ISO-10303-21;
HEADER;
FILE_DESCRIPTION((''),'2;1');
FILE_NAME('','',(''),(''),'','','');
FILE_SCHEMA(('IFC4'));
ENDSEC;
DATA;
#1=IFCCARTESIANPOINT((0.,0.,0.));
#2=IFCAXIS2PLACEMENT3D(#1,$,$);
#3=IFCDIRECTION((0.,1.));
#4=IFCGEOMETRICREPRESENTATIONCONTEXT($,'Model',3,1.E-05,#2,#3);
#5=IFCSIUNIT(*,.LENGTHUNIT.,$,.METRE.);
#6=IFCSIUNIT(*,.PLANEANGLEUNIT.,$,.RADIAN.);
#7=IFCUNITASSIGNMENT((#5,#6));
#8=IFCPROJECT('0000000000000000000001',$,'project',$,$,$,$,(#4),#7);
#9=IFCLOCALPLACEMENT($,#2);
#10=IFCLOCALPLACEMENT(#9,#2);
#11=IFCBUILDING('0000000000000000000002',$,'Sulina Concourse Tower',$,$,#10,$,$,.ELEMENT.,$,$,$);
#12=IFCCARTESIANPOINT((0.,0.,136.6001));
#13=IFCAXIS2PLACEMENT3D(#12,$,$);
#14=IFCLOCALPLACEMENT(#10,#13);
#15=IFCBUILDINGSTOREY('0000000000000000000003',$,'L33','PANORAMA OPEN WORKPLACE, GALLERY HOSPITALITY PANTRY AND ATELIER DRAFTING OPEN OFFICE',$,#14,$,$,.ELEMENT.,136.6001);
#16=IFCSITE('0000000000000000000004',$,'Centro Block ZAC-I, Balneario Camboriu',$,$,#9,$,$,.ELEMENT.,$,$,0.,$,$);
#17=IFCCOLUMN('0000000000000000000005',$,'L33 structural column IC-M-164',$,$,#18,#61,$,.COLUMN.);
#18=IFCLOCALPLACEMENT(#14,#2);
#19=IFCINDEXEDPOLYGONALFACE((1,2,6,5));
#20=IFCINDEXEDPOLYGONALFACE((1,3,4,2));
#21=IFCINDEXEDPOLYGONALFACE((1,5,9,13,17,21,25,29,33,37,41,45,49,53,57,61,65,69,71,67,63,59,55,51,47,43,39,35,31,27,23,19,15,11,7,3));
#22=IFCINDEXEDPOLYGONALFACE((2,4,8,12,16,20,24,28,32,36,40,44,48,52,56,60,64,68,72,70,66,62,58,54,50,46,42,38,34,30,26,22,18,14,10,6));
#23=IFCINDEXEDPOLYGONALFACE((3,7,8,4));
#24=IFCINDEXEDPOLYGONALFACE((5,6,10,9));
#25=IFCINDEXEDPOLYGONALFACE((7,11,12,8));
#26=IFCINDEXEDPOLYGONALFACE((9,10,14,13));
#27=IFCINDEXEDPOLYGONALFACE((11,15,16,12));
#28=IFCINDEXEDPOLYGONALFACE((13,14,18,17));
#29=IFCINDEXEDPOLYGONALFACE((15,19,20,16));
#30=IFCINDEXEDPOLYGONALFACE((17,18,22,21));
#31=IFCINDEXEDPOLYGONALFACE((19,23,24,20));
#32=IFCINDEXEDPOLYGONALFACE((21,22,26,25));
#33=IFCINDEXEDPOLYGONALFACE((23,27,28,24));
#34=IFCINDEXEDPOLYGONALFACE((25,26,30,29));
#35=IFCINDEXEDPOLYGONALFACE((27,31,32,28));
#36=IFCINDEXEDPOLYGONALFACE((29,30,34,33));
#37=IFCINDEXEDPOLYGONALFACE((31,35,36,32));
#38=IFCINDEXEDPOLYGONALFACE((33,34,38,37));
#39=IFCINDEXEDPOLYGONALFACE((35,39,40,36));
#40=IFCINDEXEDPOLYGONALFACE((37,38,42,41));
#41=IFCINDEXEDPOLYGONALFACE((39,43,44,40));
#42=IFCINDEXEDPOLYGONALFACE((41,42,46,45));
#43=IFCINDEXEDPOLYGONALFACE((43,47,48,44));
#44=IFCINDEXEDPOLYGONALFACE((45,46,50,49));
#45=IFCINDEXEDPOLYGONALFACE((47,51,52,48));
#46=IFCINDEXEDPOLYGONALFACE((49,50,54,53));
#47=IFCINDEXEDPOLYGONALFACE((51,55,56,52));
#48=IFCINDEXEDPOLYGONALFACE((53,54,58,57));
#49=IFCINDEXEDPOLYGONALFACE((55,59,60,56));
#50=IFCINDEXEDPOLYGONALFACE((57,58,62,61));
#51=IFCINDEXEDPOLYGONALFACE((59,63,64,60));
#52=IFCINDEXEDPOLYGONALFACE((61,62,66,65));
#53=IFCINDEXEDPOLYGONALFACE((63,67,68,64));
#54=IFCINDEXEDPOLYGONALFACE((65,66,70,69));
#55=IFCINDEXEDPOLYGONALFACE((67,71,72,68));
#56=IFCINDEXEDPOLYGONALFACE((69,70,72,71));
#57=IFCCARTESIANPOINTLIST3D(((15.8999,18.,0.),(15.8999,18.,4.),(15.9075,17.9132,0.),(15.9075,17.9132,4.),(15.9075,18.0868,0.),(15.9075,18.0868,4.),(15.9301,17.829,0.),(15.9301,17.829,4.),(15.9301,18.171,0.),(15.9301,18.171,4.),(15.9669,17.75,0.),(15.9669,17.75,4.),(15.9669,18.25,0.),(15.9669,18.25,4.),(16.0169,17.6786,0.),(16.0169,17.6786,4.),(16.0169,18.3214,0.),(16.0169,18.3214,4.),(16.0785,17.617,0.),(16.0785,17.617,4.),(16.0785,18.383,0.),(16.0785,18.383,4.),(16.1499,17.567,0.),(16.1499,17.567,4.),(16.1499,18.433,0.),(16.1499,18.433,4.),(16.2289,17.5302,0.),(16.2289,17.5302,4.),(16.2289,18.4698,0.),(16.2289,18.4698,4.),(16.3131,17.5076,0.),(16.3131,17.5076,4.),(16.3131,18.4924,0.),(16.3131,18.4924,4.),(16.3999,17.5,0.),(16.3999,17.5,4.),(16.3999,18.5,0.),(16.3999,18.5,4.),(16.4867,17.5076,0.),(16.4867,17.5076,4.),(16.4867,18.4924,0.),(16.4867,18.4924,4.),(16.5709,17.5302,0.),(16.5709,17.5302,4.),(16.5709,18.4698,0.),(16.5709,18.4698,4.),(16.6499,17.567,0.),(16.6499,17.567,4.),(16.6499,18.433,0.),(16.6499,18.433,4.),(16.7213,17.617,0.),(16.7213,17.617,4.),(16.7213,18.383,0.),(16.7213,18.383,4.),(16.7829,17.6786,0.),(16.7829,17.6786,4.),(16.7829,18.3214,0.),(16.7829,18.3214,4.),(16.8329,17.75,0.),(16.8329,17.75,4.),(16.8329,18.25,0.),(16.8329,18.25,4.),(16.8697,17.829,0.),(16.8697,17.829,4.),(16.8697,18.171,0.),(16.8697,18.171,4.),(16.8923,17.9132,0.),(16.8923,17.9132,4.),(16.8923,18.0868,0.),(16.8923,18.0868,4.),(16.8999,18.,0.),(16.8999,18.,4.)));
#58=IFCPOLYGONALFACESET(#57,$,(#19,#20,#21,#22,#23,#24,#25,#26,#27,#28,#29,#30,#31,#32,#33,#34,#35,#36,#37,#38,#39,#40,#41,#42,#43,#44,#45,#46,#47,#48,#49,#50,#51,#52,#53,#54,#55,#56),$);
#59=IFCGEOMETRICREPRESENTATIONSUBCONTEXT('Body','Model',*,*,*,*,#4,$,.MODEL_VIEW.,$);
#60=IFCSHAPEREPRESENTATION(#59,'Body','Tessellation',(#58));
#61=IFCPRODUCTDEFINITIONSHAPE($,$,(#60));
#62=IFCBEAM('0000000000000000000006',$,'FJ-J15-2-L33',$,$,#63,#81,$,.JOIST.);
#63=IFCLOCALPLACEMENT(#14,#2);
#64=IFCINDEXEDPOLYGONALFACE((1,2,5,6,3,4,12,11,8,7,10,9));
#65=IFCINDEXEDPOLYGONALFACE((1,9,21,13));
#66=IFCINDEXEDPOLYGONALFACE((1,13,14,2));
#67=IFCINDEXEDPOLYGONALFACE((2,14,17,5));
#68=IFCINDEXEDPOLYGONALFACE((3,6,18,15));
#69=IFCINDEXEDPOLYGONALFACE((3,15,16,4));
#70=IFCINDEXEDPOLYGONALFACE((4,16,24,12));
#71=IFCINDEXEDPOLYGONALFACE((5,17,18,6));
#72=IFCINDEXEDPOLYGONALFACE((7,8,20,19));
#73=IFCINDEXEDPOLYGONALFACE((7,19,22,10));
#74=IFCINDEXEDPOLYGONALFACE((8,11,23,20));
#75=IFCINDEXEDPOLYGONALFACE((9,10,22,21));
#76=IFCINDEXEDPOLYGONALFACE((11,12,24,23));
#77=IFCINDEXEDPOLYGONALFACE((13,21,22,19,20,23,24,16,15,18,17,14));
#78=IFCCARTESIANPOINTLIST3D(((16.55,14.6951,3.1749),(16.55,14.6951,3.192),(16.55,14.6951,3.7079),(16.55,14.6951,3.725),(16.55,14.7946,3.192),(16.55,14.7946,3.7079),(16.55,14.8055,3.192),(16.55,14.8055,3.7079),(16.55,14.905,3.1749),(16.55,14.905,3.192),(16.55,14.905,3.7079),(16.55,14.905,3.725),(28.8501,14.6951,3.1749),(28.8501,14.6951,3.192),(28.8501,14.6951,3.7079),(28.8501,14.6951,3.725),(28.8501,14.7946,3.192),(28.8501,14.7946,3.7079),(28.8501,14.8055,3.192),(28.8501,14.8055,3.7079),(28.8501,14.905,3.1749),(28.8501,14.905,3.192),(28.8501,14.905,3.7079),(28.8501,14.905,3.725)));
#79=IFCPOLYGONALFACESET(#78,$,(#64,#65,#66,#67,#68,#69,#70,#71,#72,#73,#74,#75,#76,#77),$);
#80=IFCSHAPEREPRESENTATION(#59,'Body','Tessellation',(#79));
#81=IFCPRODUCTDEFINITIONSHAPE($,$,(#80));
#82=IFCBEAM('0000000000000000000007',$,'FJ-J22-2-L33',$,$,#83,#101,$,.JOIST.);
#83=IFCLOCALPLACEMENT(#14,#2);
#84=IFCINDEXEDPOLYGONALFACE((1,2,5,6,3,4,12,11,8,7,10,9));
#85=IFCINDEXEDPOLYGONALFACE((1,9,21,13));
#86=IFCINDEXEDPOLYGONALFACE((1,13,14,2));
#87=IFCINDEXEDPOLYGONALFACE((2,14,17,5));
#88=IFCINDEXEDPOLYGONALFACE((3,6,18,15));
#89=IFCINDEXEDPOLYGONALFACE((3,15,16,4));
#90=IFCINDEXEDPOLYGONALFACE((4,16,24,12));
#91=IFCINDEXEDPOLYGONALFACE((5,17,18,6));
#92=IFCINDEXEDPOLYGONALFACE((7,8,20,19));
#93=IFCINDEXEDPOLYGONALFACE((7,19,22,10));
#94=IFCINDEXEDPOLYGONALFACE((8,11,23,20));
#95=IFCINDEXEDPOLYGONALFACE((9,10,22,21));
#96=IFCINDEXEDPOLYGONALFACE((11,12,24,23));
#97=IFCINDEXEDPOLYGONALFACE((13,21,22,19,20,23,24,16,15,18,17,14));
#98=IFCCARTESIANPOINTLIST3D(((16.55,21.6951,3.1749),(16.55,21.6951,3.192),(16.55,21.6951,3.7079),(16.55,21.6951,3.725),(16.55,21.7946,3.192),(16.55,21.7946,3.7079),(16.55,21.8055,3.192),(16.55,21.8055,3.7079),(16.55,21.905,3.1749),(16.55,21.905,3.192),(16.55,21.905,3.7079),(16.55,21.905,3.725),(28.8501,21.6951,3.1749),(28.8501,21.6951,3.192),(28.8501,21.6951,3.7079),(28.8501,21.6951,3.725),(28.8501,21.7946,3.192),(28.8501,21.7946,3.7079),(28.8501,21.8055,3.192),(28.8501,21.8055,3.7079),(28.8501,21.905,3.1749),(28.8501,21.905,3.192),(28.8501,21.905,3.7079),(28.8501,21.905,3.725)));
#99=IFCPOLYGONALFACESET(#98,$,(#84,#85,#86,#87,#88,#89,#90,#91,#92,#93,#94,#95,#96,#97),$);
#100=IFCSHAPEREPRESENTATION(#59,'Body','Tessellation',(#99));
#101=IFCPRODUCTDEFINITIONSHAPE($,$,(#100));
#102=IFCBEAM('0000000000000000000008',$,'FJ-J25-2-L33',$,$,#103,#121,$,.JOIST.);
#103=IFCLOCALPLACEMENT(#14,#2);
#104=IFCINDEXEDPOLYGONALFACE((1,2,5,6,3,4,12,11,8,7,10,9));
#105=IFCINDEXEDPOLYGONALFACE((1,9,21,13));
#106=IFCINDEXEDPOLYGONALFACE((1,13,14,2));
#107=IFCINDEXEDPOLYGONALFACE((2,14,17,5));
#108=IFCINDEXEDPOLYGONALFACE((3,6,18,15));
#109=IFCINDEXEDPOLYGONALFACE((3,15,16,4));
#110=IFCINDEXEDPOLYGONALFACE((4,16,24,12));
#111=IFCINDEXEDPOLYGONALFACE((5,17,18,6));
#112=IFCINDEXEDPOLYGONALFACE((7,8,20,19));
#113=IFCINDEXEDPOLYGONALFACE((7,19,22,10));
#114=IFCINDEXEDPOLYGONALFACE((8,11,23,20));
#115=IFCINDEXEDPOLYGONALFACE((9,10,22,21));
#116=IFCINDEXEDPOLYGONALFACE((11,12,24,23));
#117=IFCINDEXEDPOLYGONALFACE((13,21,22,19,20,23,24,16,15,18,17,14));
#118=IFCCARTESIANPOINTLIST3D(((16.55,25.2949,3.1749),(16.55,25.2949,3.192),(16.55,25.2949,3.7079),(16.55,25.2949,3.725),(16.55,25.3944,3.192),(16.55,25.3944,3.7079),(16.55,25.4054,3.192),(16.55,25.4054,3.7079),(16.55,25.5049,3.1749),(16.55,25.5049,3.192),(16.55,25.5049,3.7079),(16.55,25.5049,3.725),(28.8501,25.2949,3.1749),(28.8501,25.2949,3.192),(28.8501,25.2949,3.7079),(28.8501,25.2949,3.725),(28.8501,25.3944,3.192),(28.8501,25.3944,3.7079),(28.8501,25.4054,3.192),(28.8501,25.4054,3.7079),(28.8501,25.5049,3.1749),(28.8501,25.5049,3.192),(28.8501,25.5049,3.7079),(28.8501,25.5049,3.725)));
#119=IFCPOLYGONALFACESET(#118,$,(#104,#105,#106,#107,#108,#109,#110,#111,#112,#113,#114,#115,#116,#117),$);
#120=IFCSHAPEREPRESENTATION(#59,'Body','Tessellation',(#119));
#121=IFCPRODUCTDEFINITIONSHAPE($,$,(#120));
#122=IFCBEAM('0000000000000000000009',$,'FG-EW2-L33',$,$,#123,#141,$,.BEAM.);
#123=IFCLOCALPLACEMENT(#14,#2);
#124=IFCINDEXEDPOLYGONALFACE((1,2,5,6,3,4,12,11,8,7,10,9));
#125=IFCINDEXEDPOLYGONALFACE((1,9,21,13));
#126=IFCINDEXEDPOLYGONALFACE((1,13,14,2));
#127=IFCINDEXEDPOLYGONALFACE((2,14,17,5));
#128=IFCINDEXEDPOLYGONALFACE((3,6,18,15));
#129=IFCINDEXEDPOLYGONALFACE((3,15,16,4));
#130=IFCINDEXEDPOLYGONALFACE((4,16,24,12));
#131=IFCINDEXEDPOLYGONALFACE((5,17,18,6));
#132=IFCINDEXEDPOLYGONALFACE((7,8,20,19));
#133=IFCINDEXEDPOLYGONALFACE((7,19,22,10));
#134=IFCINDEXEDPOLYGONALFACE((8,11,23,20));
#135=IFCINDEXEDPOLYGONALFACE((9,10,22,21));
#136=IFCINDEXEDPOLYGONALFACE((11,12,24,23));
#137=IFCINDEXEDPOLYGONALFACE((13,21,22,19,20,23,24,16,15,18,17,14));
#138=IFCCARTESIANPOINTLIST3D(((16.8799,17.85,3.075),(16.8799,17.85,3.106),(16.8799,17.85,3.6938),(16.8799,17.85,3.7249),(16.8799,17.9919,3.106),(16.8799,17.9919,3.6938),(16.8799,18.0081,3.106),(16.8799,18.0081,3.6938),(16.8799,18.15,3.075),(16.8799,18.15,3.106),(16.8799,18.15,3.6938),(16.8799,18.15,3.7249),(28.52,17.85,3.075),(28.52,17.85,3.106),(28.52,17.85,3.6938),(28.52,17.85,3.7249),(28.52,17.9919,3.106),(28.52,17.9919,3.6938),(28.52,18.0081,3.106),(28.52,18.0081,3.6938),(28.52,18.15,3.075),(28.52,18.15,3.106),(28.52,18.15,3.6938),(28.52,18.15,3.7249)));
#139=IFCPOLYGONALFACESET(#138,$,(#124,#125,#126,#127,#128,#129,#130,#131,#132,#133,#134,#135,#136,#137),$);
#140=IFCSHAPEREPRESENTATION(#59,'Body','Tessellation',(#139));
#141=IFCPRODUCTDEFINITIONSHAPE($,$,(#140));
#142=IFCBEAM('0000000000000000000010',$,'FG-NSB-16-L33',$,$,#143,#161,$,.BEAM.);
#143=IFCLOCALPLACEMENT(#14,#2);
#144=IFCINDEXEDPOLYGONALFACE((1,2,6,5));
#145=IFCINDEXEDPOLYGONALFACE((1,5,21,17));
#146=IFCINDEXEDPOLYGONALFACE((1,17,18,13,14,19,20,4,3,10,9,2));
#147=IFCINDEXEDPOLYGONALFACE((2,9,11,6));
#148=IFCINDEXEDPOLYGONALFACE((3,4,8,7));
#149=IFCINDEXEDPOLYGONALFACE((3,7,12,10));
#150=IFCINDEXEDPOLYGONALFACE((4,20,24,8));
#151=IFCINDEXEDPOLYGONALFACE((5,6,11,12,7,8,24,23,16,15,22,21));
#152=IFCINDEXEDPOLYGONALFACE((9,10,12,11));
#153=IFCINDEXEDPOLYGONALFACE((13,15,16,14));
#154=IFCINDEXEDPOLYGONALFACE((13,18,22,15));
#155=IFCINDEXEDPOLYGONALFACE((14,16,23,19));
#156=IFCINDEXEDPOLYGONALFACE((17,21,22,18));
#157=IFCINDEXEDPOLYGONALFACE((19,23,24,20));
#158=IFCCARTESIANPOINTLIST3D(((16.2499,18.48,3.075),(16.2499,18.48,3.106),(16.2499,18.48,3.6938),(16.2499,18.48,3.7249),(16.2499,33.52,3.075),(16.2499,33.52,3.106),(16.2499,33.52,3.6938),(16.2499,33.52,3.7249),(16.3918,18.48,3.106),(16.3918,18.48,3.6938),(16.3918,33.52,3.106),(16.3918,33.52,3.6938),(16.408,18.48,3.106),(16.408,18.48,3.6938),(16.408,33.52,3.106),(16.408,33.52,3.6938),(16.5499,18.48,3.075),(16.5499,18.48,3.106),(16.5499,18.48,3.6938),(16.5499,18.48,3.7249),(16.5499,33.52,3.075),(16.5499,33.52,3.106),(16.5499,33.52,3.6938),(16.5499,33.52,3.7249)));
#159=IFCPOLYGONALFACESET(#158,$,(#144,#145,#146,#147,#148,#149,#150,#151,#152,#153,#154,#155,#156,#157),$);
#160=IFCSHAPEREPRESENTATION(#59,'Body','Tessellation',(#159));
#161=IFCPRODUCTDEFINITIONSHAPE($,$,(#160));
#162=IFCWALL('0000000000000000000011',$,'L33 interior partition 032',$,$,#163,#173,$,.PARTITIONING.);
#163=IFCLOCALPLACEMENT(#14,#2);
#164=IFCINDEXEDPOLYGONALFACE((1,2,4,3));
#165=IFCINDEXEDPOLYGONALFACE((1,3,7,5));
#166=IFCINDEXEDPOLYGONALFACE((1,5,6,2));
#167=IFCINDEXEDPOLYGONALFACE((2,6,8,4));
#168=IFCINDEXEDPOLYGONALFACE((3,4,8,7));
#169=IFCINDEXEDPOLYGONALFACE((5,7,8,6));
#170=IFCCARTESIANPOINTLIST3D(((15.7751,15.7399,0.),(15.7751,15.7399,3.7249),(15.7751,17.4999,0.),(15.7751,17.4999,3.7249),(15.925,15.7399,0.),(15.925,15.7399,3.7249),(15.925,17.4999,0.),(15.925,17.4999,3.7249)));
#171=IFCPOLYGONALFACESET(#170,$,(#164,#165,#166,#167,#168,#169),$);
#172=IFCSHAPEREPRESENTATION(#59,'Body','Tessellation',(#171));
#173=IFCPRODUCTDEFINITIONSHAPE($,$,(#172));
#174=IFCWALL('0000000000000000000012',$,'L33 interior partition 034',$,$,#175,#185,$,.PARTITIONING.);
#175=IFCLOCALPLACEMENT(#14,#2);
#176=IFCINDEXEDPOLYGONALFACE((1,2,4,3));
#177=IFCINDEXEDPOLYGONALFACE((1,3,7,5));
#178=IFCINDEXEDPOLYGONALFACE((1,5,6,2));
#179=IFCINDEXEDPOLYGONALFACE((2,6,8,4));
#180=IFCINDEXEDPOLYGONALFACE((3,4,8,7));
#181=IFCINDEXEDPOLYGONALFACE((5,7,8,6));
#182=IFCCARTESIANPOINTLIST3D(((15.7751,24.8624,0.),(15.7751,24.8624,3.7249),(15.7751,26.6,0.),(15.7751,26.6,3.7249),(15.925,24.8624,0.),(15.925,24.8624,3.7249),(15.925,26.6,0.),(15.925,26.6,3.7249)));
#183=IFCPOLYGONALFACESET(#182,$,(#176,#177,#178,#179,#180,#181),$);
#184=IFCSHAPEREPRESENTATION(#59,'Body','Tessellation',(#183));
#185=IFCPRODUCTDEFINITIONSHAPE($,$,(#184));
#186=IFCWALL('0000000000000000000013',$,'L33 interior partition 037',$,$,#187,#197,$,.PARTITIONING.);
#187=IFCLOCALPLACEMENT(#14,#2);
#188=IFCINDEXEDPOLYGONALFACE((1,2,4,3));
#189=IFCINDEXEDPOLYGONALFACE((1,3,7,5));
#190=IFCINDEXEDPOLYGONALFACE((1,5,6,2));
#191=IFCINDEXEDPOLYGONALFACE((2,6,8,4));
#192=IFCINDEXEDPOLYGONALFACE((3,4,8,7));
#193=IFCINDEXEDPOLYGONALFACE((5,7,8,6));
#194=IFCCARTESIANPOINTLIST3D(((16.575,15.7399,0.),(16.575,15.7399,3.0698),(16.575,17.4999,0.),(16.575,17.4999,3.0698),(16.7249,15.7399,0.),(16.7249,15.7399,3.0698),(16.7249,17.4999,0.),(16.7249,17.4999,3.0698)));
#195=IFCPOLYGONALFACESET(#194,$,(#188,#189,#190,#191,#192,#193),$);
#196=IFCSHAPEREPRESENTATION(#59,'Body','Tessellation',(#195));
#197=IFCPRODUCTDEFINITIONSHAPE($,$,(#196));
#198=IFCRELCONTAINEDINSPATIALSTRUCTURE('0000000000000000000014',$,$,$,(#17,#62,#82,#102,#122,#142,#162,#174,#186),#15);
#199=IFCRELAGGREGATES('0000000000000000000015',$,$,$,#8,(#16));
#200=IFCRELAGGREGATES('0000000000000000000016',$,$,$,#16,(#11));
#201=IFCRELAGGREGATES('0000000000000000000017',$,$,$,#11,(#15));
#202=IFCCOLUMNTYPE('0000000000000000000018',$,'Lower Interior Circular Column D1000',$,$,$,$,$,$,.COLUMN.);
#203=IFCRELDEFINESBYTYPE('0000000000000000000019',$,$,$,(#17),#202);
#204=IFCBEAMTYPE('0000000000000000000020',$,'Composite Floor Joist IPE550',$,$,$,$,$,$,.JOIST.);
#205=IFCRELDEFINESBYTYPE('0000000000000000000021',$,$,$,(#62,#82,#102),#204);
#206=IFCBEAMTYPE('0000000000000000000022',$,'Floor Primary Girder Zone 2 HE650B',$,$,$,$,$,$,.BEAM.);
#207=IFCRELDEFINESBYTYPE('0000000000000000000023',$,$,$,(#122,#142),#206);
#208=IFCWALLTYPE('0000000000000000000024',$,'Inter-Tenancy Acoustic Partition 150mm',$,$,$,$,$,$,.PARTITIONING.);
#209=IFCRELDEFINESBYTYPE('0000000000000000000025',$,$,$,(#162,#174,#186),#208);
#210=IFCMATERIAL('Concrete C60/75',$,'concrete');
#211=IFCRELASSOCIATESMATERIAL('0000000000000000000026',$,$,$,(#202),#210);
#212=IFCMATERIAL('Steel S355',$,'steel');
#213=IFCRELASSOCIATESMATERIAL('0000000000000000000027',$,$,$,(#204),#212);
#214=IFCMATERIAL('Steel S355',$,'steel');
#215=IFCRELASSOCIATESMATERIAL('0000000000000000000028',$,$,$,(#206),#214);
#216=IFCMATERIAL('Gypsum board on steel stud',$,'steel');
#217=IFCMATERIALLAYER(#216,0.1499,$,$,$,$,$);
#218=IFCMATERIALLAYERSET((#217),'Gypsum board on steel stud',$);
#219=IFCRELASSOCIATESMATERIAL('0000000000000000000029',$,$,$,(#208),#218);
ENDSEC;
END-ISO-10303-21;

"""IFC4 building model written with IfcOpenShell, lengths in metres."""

from ifc_helpers import new_model, si_unit, direction, frame, frame_2d, origin, origin_2d, place, context, subcontext, project, spatial, rectangle, circle, i_section, extrude, material, layer, layer_set, material_profile, profile_set, type_object, element, save


model = new_model("IFC4")

# Units and contexts
model_context = context("Model", 3, precision=1e-05, world=origin(), true_north=direction((0.0, 1.0)))
body_context = subcontext(model_context, "Body", "Model", "MODEL_VIEW")
ifc_project = project(units=[si_unit("LENGTHUNIT", "METRE"), si_unit("PLANEANGLEUNIT", "RADIAN")], contexts=[model_context])

# Site, building, storey
site_placement = place(None, origin())
site = spatial("IfcSite", under=ifc_project, at=site_placement, Name="Centro Block ZAC-I, Balneario Camboriu", CompositionType="ELEMENT", RefElevation=0.0)
building_placement = place(site_placement, origin())
building = spatial("IfcBuilding", under=site, at=building_placement, Name="Sulina Concourse Tower", CompositionType="ELEMENT")
storey_placement = place(building_placement, frame((0.0, 0.0, 136.6001)))
storey = spatial("IfcBuildingStorey", under=building, at=storey_placement, Name="L33", Description="PANORAMA OPEN WORKPLACE, GALLERY HOSPITALITY PANTRY AND ATELIER DRAFTING OPEN OFFICE", CompositionType="ELEMENT", Elevation=136.6001)

# Column
ifc_material_1 = material(Name="Concrete C60/75", Category="concrete")
ifc_material_profile_1 = material_profile(ifc_material_1, circle(Radius=0.5, at=origin_2d()), Name="RC D1000")
ifc_profile_set_1 = profile_set([ifc_material_profile_1], Name="Concrete C60/75")
column_type = type_object("IfcColumnType", Name="Lower Interior Circular Column D1000", PredefinedType="COLUMN", material=ifc_profile_set_1)
column_placement = place(storey_placement, frame((16.3999, 18.0, 0.0), z_axis=(0.0, 0.0, 1.0), x_axis=(1.0, 0.0, 0.0)))
element("IfcColumn", 1, at=column_placement, inside=storey, type_object=column_type, Name="L33 structural column IC-M-164", PredefinedType="COLUMN", context=body_context, shape_type="SweptSolid", body=[
    extrude(circle(Radius=0.5, at=origin_2d()), origin(), (0.0, 0.0, 1.0), 4.0),
])

# Beams
ifc_material_2 = material(Name="Steel S355", Category="steel")
ifc_material_profile_2 = material_profile(ifc_material_2, i_section(OverallWidth=0.21, OverallDepth=0.55, WebThickness=0.011, FlangeThickness=0.0171, at=origin_2d()), Name="IPE 550")
ifc_profile_set_2 = profile_set([ifc_material_profile_2], Name="Steel S355")
beam_type_1 = type_object("IfcBeamType", Name="Composite Floor Joist IPE550", PredefinedType="JOIST", material=ifc_profile_set_2)
for number, where, z_axis, x_axis, name in (
    (2, (16.55, 14.8, 3.45), (1.0, 0.0, 0.0), (0.0, 1.0, 0.0), "FJ-J15-2-L33"),
    (3, (16.55, 21.8, 3.45), (1.0, 0.0, 0.0), (0.0, 1.0, 0.0), "FJ-J22-2-L33"),
    (4, (16.55, 25.3999, 3.45), (1.0, 0.0, 0.0), (0.0, 1.0, 0.0), "FJ-J25-2-L33"),
):
    element("IfcBeam", number, at=place(storey_placement, frame(where, z_axis=z_axis, x_axis=x_axis)), inside=storey, type_object=beam_type_1, Name=name, PredefinedType="JOIST", context=body_context, shape_type="SweptSolid", body=[
        extrude(i_section(OverallWidth=0.21, OverallDepth=0.55, WebThickness=0.011, FlangeThickness=0.0171, at=origin_2d()), origin(), (0.0, 0.0, 1.0), 12.3),
    ])
ifc_material_3 = material(Name="Steel S355", Category="steel")
ifc_material_profile_3 = material_profile(ifc_material_3, i_section(OverallWidth=0.3, OverallDepth=0.6499, WebThickness=0.0161, FlangeThickness=0.031, at=origin_2d()), Name="HE 650 B")
ifc_profile_set_3 = profile_set([ifc_material_profile_3], Name="Steel S355")
beam_type_2 = type_object("IfcBeamType", Name="Floor Primary Girder Zone 2 HE650B", PredefinedType="BEAM", material=ifc_profile_set_3)
beam_1_placement = place(storey_placement, frame((16.8799, 18.0, 3.3999), z_axis=(1.0, 0.0, 0.0), x_axis=(0.0, 1.0, 0.0)))
element("IfcBeam", 5, at=beam_1_placement, inside=storey, type_object=beam_type_2, Name="FG-EW2-L33", PredefinedType="BEAM", context=body_context, shape_type="SweptSolid", body=[
    extrude(i_section(OverallWidth=0.3, OverallDepth=0.6499, WebThickness=0.0161, FlangeThickness=0.031, at=origin_2d()), origin(), (0.0, 0.0, 1.0), 11.6401),
])
beam_2_placement = place(storey_placement, frame((16.3999, 18.48, 3.3999), z_axis=(0.0, 1.0, 0.0), x_axis=(-1.0, 0.0, 0.0)))
element("IfcBeam", 6, at=beam_2_placement, inside=storey, type_object=beam_type_2, Name="FG-NSB-16-L33", PredefinedType="BEAM", context=body_context, shape_type="SweptSolid", body=[
    extrude(i_section(OverallWidth=0.3, OverallDepth=0.6499, WebThickness=0.0161, FlangeThickness=0.031, at=origin_2d()), origin(), (0.0, 0.0, 1.0), 15.04),
])

# Walls
ifc_material_4 = material(Name="Gypsum board on steel stud", Category="steel")
ifc_layer_1 = layer(ifc_material_4, 0.1499)
ifc_layer_set_1 = layer_set([ifc_layer_1], Name="Gypsum board on steel stud")
wall_type_1 = type_object("IfcWallType", Name="Inter-Tenancy Acoustic Partition 150mm", PredefinedType="PARTITIONING", material=ifc_layer_set_1)
wall_1_placement = place(storey_placement, frame((15.8501, 15.74, 0.0), z_axis=(0.0, 0.0, 1.0), x_axis=(0.0, 1.0, 0.0)))
element("IfcWall", 7, at=wall_1_placement, inside=storey, type_object=wall_type_1, Name="L33 interior partition 032", PredefinedType="PARTITIONING", context=body_context, shape_type="SweptSolid", body=[
    extrude(rectangle(XDim=1.76, YDim=0.1499, at=frame_2d((0.8799, 0.0))), origin(), (0.0, 0.0, 1.0), 3.7249),
])
wall_2_placement = place(storey_placement, frame((15.8501, 24.8625, 0.0), z_axis=(0.0, 0.0, 1.0), x_axis=(0.0, 1.0, 0.0)))
element("IfcWall", 8, at=wall_2_placement, inside=storey, type_object=wall_type_1, Name="L33 interior partition 034", PredefinedType="PARTITIONING", context=body_context, shape_type="SweptSolid", body=[
    extrude(rectangle(XDim=1.7375, YDim=0.1499, at=frame_2d((0.8687, 0.0))), origin(), (0.0, 0.0, 1.0), 3.7249),
])
wall_3_placement = place(storey_placement, frame((16.6499, 15.74, 0.0), z_axis=(0.0, 0.0, 1.0), x_axis=(0.0, 1.0, 0.0)))
element("IfcWall", 9, at=wall_3_placement, inside=storey, type_object=wall_type_1, Name="L33 interior partition 037", PredefinedType="PARTITIONING", context=body_context, shape_type="SweptSolid", body=[
    extrude(rectangle(XDim=1.76, YDim=0.1499, at=frame_2d((0.8799, 0.0))), origin(), (0.0, 0.0, 1.0), 3.0698),
])

save(model, "model.ifc")
